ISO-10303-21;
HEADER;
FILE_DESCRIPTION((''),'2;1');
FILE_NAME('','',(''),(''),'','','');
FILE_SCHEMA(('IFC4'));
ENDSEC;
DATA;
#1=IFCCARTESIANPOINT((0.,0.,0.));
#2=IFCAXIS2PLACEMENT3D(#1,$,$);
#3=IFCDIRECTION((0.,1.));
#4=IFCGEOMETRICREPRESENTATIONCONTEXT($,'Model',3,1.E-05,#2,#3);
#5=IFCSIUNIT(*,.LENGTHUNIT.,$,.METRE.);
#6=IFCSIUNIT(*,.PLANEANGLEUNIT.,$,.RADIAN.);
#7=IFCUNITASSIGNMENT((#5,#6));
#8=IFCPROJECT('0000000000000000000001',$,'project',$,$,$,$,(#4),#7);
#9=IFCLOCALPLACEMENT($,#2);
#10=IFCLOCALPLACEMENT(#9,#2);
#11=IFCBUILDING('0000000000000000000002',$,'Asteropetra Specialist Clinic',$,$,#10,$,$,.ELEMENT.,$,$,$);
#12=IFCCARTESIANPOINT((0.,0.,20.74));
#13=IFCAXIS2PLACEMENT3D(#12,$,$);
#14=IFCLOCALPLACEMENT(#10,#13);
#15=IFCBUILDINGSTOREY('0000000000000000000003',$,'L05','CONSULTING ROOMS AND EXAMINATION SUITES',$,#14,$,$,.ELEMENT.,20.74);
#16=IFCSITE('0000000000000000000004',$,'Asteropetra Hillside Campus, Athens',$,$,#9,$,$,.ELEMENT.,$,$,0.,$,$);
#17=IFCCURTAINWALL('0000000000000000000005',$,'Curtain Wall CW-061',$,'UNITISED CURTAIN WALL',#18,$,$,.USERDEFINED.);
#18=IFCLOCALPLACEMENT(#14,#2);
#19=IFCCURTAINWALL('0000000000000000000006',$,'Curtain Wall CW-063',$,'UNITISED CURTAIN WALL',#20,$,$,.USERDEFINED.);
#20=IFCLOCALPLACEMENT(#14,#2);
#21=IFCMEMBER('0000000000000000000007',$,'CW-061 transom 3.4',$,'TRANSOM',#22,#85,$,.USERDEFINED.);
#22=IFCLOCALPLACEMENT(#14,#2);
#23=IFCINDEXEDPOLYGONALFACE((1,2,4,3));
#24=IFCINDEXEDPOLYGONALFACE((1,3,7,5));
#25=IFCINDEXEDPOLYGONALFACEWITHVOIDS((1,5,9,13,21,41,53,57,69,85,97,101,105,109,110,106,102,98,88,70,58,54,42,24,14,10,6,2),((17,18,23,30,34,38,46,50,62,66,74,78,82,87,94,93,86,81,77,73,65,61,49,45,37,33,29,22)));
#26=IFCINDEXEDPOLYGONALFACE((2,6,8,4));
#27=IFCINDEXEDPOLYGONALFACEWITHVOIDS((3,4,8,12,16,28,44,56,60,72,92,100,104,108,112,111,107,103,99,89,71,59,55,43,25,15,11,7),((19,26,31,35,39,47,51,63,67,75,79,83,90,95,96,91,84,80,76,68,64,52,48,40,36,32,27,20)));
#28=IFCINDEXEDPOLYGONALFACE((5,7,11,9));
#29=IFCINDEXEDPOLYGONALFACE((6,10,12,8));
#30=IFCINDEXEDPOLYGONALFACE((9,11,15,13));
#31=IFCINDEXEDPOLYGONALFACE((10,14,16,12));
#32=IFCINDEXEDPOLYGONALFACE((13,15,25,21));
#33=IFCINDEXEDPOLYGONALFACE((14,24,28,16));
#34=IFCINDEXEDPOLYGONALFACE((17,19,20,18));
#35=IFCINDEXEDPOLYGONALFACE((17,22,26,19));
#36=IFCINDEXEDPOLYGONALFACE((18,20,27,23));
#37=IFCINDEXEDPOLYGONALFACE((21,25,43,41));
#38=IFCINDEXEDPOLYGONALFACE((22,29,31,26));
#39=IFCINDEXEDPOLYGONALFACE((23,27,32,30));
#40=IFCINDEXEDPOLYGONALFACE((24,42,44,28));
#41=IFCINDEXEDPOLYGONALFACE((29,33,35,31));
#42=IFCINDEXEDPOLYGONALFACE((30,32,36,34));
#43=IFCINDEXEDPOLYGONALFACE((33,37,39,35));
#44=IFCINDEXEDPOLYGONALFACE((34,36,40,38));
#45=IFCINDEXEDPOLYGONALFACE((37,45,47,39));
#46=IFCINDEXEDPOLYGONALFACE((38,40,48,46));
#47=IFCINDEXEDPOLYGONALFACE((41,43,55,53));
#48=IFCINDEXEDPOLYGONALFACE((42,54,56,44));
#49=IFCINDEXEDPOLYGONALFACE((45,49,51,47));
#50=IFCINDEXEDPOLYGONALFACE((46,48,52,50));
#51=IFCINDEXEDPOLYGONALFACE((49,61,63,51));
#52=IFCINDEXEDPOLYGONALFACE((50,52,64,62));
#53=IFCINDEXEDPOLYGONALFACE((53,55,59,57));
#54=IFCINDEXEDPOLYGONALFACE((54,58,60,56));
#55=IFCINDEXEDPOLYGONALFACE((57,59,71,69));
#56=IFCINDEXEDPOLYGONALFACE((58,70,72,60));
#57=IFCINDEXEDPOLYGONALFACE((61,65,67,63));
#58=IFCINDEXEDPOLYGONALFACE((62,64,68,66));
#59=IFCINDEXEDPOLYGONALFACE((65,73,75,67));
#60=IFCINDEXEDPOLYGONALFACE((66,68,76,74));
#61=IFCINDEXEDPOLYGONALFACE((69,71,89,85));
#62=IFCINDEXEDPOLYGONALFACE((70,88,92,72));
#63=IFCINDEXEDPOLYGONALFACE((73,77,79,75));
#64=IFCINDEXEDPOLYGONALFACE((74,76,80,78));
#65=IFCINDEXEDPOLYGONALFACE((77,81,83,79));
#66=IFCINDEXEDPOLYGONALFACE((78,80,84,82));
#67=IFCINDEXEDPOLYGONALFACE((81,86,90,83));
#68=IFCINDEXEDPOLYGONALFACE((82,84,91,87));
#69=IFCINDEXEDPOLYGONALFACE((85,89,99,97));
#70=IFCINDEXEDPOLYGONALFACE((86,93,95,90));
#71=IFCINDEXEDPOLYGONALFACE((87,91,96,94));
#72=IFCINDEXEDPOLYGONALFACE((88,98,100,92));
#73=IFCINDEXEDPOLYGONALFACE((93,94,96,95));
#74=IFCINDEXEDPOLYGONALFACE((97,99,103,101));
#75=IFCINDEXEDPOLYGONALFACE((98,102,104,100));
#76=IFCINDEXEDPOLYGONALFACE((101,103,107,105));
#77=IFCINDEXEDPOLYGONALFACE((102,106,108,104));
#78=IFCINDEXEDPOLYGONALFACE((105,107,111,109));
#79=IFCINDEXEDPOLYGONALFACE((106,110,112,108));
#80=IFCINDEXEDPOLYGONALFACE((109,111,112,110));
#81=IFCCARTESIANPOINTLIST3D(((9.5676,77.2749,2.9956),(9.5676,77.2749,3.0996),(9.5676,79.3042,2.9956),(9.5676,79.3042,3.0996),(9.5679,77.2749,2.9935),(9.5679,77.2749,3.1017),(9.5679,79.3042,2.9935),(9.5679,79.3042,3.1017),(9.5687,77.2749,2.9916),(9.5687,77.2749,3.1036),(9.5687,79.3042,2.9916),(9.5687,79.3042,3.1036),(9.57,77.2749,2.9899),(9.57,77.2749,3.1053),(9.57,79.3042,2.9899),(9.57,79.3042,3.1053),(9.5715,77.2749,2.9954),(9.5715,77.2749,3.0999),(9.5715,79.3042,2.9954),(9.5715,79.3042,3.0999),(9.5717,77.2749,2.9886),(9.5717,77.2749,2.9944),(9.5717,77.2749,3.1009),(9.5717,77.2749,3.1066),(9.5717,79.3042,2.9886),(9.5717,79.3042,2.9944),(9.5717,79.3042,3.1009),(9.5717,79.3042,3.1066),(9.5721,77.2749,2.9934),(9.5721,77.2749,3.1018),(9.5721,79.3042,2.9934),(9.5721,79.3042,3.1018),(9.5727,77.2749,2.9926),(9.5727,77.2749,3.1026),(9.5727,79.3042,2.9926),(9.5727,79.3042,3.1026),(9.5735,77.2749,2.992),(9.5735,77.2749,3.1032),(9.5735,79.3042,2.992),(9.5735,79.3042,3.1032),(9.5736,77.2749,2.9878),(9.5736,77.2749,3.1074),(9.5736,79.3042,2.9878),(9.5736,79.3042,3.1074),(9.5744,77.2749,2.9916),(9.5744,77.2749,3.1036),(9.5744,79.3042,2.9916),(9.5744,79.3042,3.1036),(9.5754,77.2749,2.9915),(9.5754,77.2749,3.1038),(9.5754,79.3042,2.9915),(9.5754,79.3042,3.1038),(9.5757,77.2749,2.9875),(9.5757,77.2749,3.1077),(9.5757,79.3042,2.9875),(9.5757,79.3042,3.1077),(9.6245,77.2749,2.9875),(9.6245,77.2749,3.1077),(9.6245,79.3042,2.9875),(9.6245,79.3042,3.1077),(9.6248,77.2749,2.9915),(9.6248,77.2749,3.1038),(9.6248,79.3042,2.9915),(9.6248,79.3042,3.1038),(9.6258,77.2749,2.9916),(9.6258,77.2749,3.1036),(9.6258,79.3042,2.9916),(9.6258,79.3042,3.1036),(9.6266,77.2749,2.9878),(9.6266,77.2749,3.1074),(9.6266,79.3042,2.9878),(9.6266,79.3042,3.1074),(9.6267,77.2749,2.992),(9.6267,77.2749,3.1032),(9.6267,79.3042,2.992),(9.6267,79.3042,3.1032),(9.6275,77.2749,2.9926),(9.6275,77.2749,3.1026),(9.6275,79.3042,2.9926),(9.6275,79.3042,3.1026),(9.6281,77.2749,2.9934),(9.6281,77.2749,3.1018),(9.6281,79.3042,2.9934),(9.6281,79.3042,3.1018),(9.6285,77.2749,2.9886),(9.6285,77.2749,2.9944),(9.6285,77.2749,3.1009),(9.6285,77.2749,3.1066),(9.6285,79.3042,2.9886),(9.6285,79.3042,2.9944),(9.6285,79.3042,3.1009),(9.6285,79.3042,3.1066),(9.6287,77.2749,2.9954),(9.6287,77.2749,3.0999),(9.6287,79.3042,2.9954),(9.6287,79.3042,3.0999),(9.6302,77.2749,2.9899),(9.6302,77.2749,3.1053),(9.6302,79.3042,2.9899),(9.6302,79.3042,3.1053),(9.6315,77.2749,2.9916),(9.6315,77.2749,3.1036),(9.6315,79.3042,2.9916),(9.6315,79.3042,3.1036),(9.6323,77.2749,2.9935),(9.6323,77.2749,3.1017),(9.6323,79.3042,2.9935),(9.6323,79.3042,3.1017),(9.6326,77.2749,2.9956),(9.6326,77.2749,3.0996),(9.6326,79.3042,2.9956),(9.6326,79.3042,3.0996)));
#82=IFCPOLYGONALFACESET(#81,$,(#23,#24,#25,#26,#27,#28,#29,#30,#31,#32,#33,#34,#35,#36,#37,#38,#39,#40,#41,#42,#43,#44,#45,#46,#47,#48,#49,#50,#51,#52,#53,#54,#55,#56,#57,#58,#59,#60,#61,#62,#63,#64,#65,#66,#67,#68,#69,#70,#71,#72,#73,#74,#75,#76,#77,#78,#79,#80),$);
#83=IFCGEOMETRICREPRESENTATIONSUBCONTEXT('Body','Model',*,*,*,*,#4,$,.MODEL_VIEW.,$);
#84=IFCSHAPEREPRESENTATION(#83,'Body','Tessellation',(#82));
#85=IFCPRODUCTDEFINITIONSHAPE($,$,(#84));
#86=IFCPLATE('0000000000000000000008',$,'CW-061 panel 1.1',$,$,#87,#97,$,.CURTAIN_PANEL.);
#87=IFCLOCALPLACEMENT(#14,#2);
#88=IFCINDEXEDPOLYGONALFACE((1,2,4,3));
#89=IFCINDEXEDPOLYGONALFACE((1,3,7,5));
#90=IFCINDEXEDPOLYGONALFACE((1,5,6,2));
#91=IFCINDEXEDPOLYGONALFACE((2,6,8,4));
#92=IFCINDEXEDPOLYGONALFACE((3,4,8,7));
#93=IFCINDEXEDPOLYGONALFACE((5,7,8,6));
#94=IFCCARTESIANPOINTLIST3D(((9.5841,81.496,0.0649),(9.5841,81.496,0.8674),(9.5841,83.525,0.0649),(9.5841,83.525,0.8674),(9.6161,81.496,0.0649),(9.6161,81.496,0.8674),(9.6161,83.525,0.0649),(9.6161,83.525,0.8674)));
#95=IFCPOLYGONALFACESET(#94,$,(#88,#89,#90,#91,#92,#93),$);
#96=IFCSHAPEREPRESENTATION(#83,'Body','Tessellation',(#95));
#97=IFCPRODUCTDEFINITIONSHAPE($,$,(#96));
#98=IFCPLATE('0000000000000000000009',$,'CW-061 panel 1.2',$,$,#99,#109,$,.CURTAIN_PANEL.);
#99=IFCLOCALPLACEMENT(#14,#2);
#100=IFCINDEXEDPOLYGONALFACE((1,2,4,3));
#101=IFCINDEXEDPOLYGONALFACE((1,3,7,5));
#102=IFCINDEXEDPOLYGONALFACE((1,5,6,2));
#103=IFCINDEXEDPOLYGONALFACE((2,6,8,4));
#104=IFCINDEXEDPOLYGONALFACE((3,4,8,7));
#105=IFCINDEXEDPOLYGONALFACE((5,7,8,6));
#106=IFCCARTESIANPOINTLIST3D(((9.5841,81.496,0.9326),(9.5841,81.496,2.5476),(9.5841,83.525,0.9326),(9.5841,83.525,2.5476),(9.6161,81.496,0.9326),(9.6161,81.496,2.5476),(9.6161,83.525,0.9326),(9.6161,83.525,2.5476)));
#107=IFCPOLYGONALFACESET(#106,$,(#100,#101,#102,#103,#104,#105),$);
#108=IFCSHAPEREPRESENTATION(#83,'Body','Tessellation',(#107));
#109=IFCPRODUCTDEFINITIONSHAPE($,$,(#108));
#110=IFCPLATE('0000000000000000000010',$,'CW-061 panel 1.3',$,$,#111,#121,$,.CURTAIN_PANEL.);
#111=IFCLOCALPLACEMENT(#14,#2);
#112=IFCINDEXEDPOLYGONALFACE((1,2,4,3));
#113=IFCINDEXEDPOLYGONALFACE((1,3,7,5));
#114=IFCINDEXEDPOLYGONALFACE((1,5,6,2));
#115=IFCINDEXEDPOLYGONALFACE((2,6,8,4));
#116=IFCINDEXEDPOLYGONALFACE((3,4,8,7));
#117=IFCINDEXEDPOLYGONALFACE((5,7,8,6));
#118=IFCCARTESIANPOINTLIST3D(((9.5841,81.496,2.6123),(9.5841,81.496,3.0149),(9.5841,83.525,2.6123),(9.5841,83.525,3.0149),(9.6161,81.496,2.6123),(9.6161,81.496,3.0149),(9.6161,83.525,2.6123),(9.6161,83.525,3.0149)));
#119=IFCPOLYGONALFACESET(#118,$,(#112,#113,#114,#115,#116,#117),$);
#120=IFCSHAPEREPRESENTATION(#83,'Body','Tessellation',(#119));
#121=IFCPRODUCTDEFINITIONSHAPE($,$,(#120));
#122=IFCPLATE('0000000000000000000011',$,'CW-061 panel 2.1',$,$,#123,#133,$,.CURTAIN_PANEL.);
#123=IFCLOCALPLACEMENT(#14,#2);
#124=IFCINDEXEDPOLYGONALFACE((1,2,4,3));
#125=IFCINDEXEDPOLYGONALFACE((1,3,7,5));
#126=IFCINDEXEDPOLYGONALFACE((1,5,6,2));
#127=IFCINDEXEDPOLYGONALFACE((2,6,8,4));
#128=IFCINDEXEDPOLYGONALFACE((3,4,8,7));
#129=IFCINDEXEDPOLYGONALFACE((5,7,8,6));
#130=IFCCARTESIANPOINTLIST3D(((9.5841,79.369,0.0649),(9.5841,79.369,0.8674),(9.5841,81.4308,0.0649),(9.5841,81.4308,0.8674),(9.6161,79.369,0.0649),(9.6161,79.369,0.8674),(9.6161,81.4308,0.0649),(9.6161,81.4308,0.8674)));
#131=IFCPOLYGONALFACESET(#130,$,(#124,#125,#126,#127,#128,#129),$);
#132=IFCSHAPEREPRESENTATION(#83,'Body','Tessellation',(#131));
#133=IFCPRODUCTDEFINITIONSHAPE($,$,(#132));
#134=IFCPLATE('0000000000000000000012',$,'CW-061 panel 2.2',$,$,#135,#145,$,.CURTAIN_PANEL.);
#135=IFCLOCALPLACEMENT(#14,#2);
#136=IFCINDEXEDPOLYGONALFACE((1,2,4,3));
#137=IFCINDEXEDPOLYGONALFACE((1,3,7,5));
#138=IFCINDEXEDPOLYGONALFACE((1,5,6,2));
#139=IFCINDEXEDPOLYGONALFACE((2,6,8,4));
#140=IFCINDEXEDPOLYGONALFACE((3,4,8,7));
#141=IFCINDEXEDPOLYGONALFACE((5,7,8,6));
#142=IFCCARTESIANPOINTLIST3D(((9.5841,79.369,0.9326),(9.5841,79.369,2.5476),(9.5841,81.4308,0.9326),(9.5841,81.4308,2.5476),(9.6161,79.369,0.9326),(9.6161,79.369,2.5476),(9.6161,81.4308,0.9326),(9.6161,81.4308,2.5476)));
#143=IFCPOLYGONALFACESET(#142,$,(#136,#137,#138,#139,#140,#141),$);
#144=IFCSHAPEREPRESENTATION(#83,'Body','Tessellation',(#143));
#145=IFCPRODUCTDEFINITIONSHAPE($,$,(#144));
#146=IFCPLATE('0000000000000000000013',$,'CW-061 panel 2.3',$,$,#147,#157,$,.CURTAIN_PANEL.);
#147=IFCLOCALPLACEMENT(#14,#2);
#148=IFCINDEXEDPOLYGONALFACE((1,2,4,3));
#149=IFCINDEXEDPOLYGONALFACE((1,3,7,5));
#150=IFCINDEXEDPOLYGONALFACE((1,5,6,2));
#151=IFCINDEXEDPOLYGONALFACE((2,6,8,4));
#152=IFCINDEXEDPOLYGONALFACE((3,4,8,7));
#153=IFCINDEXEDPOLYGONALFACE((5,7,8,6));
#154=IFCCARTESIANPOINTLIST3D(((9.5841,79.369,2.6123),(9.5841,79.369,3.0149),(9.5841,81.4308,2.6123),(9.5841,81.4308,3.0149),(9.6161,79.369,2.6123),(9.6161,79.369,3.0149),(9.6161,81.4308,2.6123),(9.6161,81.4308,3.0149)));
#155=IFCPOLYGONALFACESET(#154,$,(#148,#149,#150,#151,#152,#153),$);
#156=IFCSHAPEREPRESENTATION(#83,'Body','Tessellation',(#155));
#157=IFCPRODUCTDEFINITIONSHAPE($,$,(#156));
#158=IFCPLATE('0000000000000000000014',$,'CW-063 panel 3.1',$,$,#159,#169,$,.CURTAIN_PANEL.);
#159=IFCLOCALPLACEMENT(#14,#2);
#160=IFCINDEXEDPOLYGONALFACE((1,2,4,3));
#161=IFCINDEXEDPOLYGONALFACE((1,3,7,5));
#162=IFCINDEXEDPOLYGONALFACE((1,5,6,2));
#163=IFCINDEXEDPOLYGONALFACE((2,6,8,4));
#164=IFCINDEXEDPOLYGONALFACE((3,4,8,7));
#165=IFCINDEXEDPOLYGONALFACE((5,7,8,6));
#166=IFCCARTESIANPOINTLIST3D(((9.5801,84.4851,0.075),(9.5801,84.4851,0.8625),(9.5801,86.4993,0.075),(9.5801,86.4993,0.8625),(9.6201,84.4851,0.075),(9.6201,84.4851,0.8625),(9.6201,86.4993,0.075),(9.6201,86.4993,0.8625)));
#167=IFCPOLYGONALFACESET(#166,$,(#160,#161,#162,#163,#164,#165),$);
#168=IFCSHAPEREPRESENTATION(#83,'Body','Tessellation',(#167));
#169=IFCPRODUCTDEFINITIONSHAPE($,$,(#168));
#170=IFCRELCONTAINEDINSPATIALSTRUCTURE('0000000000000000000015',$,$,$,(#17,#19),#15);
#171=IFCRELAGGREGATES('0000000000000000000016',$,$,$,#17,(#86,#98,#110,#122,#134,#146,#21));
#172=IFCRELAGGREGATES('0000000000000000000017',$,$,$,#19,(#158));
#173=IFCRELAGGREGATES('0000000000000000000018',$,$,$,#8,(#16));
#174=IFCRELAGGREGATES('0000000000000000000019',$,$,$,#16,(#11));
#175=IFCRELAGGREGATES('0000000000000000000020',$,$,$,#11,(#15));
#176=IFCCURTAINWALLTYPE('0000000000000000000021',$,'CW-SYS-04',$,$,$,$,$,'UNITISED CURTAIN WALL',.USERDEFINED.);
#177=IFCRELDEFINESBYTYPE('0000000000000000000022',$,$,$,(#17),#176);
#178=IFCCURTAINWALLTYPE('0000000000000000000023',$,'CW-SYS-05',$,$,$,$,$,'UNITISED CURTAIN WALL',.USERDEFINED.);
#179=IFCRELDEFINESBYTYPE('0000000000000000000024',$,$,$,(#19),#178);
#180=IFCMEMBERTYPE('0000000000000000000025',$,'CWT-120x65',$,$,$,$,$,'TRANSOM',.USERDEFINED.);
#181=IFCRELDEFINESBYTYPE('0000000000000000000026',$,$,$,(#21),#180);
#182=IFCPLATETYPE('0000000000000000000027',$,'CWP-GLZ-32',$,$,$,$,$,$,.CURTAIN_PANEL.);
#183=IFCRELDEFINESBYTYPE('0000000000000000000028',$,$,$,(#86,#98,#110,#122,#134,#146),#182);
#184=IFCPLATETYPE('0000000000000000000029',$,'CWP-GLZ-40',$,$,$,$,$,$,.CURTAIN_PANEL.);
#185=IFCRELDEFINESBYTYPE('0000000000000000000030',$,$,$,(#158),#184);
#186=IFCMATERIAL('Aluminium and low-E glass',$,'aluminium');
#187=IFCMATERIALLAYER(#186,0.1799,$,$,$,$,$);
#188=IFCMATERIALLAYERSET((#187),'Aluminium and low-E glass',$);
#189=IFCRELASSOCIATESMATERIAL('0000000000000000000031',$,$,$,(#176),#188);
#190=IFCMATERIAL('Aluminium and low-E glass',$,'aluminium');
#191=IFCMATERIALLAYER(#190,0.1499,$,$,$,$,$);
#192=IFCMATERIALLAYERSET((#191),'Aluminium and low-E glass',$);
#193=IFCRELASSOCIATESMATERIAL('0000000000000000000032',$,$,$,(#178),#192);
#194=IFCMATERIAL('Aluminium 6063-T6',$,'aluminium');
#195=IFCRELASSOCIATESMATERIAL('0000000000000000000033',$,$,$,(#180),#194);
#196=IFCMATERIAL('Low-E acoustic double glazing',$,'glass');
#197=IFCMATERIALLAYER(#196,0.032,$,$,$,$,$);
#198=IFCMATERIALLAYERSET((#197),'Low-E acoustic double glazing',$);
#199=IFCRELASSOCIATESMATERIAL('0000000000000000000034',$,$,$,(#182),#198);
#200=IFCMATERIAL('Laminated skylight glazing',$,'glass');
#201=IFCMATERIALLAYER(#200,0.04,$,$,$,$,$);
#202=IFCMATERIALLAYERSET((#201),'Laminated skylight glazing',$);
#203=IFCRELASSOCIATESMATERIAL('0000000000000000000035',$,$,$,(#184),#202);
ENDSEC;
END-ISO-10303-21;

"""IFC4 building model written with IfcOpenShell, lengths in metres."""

from ifc_helpers import new_model, si_unit, direction, frame, origin, origin_2d, place, context, subcontext, project, spatial, rectangle, hollow_rectangle, extrude, material, layer, layer_set, material_profile, profile_set, type_object, element, aggregate, save


model = new_model("IFC4")

# Units and contexts
model_context = context("Model", 3, precision=1e-05, world=origin(), true_north=direction((0.0, 1.0)))
body_context = subcontext(model_context, "Body", "Model", "MODEL_VIEW")
ifc_project = project(units=[si_unit("LENGTHUNIT", "METRE"), si_unit("PLANEANGLEUNIT", "RADIAN")], contexts=[model_context])

# Site, building, storey
site_placement = place(None, origin())
site = spatial("IfcSite", under=ifc_project, at=site_placement, Name="Asteropetra Hillside Campus, Athens", CompositionType="ELEMENT", RefElevation=0.0)
building_placement = place(site_placement, origin())
building = spatial("IfcBuilding", under=site, at=building_placement, Name="Asteropetra Specialist Clinic", CompositionType="ELEMENT")
storey_placement = place(building_placement, frame((0.0, 0.0, 20.74)))
storey = spatial("IfcBuildingStorey", under=building, at=storey_placement, Name="L05", Description="CONSULTING ROOMS AND EXAMINATION SUITES", CompositionType="ELEMENT", Elevation=20.74)

# Curtain wall
ifc_material_1 = material(Name="Aluminium and low-E glass", Category="aluminium")
ifc_layer_1 = layer(ifc_material_1, 0.1799)
ifc_layer_set_1 = layer_set([ifc_layer_1], Name="Aluminium and low-E glass")
curtain_wall_type_1 = type_object("IfcCurtainWallType", Name="CW-SYS-04", ElementType="UNITISED CURTAIN WALL", PredefinedType="USERDEFINED", material=ifc_layer_set_1)
curtain_wall_1_placement = place(storey_placement, origin())
curtain_wall_1 = element("IfcCurtainWall", 1, at=curtain_wall_1_placement, inside=storey, type_object=curtain_wall_type_1, Name="Curtain Wall CW-061", ObjectType="UNITISED CURTAIN WALL", PredefinedType="USERDEFINED")

# Curtain wall
ifc_material_2 = material(Name="Aluminium and low-E glass", Category="aluminium")
ifc_layer_2 = layer(ifc_material_2, 0.1499)
ifc_layer_set_2 = layer_set([ifc_layer_2], Name="Aluminium and low-E glass")
curtain_wall_type_2 = type_object("IfcCurtainWallType", Name="CW-SYS-05", ElementType="UNITISED CURTAIN WALL", PredefinedType="USERDEFINED", material=ifc_layer_set_2)
curtain_wall_2_placement = place(storey_placement, origin())
curtain_wall_2 = element("IfcCurtainWall", 2, at=curtain_wall_2_placement, inside=storey, type_object=curtain_wall_type_2, Name="Curtain Wall CW-063", ObjectType="UNITISED CURTAIN WALL", PredefinedType="USERDEFINED")

# Member
ifc_material_3 = material(Name="Aluminium 6063-T6", Category="aluminium")
ifc_material_profile_1 = material_profile(ifc_material_3, hollow_rectangle(XDim=0.0649, YDim=0.1201, WallThickness=0.0039, InnerFilletRadius=0.0039, OuterFilletRadius=0.0081, at=origin_2d()), Name="TRN 120x65x4.0")
ifc_profile_set_1 = profile_set([ifc_material_profile_1], Name="Aluminium 6063-T6")
member_type_1 = type_object("IfcMemberType", Name="CWT-120x65", ElementType="TRANSOM", PredefinedType="USERDEFINED", material=ifc_profile_set_1)
member_1_placement = place(storey_placement, frame((9.6001, 79.3042, 3.0476), z_axis=(0.0, -1.0, 0.0), x_axis=(1.0, 0.0, 0.0)))
member_1 = element("IfcMember", 3, at=member_1_placement, type_object=member_type_1, Name="CW-061 transom 3.4", ObjectType="TRANSOM", PredefinedType="USERDEFINED", context=body_context, shape_type="SweptSolid", body=[
    extrude(hollow_rectangle(XDim=0.0649, YDim=0.1201, WallThickness=0.0039, InnerFilletRadius=0.0039, OuterFilletRadius=0.0081, at=origin_2d()), origin(), (0.0, 0.0, 1.0), 2.0293),
])

# Plates
ifc_material_4 = material(Name="Low-E acoustic double glazing", Category="glass")
ifc_layer_3 = layer(ifc_material_4, 0.032)
ifc_layer_set_3 = layer_set([ifc_layer_3], Name="Low-E acoustic double glazing")
plate_type_1 = type_object("IfcPlateType", Name="CWP-GLZ-32", PredefinedType="CURTAIN_PANEL", material=ifc_layer_set_3)
plate_1_placement = place(storey_placement, frame((9.6001, 82.5105, 0.0649), z_axis=(0.0, 0.0, 1.0), x_axis=(0.0, -1.0, 0.0)))
plate_1 = element("IfcPlate", 4, at=plate_1_placement, type_object=plate_type_1, Name="CW-061 panel 1.1", PredefinedType="CURTAIN_PANEL", context=body_context, shape_type="SweptSolid", body=[
    extrude(rectangle(XDim=2.0291, YDim=0.032, at=origin_2d()), origin(), (0.0, 0.0, 1.0), 0.8025),
])
plate_2_placement = place(storey_placement, frame((9.6001, 82.5105, 0.9326), z_axis=(0.0, 0.0, 1.0), x_axis=(0.0, -1.0, 0.0)))
plate_2 = element("IfcPlate", 5, at=plate_2_placement, type_object=plate_type_1, Name="CW-061 panel 1.2", PredefinedType="CURTAIN_PANEL", context=body_context, shape_type="SweptSolid", body=[
    extrude(rectangle(XDim=2.0291, YDim=0.032, at=origin_2d()), origin(), (0.0, 0.0, 1.0), 1.615),
])
plate_3_placement = place(storey_placement, frame((9.6001, 82.5105, 2.6123), z_axis=(0.0, 0.0, 1.0), x_axis=(0.0, -1.0, 0.0)))
plate_3 = element("IfcPlate", 6, at=plate_3_placement, type_object=plate_type_1, Name="CW-061 panel 1.3", PredefinedType="CURTAIN_PANEL", context=body_context, shape_type="SweptSolid", body=[
    extrude(rectangle(XDim=2.0291, YDim=0.032, at=origin_2d()), origin(), (0.0, 0.0, 1.0), 0.4026),
])
plate_4_placement = place(storey_placement, frame((9.6001, 80.3999, 0.0649), z_axis=(0.0, 0.0, 1.0), x_axis=(0.0, -1.0, 0.0)))
plate_4 = element("IfcPlate", 7, at=plate_4_placement, type_object=plate_type_1, Name="CW-061 panel 2.1", PredefinedType="CURTAIN_PANEL", context=body_context, shape_type="SweptSolid", body=[
    extrude(rectangle(XDim=2.0618, YDim=0.032, at=origin_2d()), origin(), (0.0, 0.0, 1.0), 0.8025),
])
plate_5_placement = place(storey_placement, frame((9.6001, 80.3999, 0.9326), z_axis=(0.0, 0.0, 1.0), x_axis=(0.0, -1.0, 0.0)))
plate_5 = element("IfcPlate", 8, at=plate_5_placement, type_object=plate_type_1, Name="CW-061 panel 2.2", PredefinedType="CURTAIN_PANEL", context=body_context, shape_type="SweptSolid", body=[
    extrude(rectangle(XDim=2.0618, YDim=0.032, at=origin_2d()), origin(), (0.0, 0.0, 1.0), 1.615),
])
plate_6_placement = place(storey_placement, frame((9.6001, 80.3999, 2.6123), z_axis=(0.0, 0.0, 1.0), x_axis=(0.0, -1.0, 0.0)))
plate_6 = element("IfcPlate", 9, at=plate_6_placement, type_object=plate_type_1, Name="CW-061 panel 2.3", PredefinedType="CURTAIN_PANEL", context=body_context, shape_type="SweptSolid", body=[
    extrude(rectangle(XDim=2.0618, YDim=0.032, at=origin_2d()), origin(), (0.0, 0.0, 1.0), 0.4026),
])
aggregate(curtain_wall_1, [plate_1, plate_2, plate_3, plate_4, plate_5, plate_6, member_1])
ifc_material_5 = material(Name="Laminated skylight glazing", Category="glass")
ifc_layer_4 = layer(ifc_material_5, 0.04)
ifc_layer_set_4 = layer_set([ifc_layer_4], Name="Laminated skylight glazing")
plate_type_2 = type_object("IfcPlateType", Name="CWP-GLZ-40", PredefinedType="CURTAIN_PANEL", material=ifc_layer_set_4)
plate_7_placement = place(storey_placement, frame((9.6001, 85.4922, 0.075), z_axis=(0.0, 0.0, 1.0), x_axis=(0.0, -1.0, 0.0)))
plate_7 = element("IfcPlate", 10, at=plate_7_placement, type_object=plate_type_2, Name="CW-063 panel 3.1", PredefinedType="CURTAIN_PANEL", context=body_context, shape_type="SweptSolid", body=[
    extrude(rectangle(XDim=2.0142, YDim=0.04, at=origin_2d()), origin(), (0.0, 0.0, 1.0), 0.7876),
])
aggregate(curtain_wall_2, [plate_7])

save(model, "model.ifc")
